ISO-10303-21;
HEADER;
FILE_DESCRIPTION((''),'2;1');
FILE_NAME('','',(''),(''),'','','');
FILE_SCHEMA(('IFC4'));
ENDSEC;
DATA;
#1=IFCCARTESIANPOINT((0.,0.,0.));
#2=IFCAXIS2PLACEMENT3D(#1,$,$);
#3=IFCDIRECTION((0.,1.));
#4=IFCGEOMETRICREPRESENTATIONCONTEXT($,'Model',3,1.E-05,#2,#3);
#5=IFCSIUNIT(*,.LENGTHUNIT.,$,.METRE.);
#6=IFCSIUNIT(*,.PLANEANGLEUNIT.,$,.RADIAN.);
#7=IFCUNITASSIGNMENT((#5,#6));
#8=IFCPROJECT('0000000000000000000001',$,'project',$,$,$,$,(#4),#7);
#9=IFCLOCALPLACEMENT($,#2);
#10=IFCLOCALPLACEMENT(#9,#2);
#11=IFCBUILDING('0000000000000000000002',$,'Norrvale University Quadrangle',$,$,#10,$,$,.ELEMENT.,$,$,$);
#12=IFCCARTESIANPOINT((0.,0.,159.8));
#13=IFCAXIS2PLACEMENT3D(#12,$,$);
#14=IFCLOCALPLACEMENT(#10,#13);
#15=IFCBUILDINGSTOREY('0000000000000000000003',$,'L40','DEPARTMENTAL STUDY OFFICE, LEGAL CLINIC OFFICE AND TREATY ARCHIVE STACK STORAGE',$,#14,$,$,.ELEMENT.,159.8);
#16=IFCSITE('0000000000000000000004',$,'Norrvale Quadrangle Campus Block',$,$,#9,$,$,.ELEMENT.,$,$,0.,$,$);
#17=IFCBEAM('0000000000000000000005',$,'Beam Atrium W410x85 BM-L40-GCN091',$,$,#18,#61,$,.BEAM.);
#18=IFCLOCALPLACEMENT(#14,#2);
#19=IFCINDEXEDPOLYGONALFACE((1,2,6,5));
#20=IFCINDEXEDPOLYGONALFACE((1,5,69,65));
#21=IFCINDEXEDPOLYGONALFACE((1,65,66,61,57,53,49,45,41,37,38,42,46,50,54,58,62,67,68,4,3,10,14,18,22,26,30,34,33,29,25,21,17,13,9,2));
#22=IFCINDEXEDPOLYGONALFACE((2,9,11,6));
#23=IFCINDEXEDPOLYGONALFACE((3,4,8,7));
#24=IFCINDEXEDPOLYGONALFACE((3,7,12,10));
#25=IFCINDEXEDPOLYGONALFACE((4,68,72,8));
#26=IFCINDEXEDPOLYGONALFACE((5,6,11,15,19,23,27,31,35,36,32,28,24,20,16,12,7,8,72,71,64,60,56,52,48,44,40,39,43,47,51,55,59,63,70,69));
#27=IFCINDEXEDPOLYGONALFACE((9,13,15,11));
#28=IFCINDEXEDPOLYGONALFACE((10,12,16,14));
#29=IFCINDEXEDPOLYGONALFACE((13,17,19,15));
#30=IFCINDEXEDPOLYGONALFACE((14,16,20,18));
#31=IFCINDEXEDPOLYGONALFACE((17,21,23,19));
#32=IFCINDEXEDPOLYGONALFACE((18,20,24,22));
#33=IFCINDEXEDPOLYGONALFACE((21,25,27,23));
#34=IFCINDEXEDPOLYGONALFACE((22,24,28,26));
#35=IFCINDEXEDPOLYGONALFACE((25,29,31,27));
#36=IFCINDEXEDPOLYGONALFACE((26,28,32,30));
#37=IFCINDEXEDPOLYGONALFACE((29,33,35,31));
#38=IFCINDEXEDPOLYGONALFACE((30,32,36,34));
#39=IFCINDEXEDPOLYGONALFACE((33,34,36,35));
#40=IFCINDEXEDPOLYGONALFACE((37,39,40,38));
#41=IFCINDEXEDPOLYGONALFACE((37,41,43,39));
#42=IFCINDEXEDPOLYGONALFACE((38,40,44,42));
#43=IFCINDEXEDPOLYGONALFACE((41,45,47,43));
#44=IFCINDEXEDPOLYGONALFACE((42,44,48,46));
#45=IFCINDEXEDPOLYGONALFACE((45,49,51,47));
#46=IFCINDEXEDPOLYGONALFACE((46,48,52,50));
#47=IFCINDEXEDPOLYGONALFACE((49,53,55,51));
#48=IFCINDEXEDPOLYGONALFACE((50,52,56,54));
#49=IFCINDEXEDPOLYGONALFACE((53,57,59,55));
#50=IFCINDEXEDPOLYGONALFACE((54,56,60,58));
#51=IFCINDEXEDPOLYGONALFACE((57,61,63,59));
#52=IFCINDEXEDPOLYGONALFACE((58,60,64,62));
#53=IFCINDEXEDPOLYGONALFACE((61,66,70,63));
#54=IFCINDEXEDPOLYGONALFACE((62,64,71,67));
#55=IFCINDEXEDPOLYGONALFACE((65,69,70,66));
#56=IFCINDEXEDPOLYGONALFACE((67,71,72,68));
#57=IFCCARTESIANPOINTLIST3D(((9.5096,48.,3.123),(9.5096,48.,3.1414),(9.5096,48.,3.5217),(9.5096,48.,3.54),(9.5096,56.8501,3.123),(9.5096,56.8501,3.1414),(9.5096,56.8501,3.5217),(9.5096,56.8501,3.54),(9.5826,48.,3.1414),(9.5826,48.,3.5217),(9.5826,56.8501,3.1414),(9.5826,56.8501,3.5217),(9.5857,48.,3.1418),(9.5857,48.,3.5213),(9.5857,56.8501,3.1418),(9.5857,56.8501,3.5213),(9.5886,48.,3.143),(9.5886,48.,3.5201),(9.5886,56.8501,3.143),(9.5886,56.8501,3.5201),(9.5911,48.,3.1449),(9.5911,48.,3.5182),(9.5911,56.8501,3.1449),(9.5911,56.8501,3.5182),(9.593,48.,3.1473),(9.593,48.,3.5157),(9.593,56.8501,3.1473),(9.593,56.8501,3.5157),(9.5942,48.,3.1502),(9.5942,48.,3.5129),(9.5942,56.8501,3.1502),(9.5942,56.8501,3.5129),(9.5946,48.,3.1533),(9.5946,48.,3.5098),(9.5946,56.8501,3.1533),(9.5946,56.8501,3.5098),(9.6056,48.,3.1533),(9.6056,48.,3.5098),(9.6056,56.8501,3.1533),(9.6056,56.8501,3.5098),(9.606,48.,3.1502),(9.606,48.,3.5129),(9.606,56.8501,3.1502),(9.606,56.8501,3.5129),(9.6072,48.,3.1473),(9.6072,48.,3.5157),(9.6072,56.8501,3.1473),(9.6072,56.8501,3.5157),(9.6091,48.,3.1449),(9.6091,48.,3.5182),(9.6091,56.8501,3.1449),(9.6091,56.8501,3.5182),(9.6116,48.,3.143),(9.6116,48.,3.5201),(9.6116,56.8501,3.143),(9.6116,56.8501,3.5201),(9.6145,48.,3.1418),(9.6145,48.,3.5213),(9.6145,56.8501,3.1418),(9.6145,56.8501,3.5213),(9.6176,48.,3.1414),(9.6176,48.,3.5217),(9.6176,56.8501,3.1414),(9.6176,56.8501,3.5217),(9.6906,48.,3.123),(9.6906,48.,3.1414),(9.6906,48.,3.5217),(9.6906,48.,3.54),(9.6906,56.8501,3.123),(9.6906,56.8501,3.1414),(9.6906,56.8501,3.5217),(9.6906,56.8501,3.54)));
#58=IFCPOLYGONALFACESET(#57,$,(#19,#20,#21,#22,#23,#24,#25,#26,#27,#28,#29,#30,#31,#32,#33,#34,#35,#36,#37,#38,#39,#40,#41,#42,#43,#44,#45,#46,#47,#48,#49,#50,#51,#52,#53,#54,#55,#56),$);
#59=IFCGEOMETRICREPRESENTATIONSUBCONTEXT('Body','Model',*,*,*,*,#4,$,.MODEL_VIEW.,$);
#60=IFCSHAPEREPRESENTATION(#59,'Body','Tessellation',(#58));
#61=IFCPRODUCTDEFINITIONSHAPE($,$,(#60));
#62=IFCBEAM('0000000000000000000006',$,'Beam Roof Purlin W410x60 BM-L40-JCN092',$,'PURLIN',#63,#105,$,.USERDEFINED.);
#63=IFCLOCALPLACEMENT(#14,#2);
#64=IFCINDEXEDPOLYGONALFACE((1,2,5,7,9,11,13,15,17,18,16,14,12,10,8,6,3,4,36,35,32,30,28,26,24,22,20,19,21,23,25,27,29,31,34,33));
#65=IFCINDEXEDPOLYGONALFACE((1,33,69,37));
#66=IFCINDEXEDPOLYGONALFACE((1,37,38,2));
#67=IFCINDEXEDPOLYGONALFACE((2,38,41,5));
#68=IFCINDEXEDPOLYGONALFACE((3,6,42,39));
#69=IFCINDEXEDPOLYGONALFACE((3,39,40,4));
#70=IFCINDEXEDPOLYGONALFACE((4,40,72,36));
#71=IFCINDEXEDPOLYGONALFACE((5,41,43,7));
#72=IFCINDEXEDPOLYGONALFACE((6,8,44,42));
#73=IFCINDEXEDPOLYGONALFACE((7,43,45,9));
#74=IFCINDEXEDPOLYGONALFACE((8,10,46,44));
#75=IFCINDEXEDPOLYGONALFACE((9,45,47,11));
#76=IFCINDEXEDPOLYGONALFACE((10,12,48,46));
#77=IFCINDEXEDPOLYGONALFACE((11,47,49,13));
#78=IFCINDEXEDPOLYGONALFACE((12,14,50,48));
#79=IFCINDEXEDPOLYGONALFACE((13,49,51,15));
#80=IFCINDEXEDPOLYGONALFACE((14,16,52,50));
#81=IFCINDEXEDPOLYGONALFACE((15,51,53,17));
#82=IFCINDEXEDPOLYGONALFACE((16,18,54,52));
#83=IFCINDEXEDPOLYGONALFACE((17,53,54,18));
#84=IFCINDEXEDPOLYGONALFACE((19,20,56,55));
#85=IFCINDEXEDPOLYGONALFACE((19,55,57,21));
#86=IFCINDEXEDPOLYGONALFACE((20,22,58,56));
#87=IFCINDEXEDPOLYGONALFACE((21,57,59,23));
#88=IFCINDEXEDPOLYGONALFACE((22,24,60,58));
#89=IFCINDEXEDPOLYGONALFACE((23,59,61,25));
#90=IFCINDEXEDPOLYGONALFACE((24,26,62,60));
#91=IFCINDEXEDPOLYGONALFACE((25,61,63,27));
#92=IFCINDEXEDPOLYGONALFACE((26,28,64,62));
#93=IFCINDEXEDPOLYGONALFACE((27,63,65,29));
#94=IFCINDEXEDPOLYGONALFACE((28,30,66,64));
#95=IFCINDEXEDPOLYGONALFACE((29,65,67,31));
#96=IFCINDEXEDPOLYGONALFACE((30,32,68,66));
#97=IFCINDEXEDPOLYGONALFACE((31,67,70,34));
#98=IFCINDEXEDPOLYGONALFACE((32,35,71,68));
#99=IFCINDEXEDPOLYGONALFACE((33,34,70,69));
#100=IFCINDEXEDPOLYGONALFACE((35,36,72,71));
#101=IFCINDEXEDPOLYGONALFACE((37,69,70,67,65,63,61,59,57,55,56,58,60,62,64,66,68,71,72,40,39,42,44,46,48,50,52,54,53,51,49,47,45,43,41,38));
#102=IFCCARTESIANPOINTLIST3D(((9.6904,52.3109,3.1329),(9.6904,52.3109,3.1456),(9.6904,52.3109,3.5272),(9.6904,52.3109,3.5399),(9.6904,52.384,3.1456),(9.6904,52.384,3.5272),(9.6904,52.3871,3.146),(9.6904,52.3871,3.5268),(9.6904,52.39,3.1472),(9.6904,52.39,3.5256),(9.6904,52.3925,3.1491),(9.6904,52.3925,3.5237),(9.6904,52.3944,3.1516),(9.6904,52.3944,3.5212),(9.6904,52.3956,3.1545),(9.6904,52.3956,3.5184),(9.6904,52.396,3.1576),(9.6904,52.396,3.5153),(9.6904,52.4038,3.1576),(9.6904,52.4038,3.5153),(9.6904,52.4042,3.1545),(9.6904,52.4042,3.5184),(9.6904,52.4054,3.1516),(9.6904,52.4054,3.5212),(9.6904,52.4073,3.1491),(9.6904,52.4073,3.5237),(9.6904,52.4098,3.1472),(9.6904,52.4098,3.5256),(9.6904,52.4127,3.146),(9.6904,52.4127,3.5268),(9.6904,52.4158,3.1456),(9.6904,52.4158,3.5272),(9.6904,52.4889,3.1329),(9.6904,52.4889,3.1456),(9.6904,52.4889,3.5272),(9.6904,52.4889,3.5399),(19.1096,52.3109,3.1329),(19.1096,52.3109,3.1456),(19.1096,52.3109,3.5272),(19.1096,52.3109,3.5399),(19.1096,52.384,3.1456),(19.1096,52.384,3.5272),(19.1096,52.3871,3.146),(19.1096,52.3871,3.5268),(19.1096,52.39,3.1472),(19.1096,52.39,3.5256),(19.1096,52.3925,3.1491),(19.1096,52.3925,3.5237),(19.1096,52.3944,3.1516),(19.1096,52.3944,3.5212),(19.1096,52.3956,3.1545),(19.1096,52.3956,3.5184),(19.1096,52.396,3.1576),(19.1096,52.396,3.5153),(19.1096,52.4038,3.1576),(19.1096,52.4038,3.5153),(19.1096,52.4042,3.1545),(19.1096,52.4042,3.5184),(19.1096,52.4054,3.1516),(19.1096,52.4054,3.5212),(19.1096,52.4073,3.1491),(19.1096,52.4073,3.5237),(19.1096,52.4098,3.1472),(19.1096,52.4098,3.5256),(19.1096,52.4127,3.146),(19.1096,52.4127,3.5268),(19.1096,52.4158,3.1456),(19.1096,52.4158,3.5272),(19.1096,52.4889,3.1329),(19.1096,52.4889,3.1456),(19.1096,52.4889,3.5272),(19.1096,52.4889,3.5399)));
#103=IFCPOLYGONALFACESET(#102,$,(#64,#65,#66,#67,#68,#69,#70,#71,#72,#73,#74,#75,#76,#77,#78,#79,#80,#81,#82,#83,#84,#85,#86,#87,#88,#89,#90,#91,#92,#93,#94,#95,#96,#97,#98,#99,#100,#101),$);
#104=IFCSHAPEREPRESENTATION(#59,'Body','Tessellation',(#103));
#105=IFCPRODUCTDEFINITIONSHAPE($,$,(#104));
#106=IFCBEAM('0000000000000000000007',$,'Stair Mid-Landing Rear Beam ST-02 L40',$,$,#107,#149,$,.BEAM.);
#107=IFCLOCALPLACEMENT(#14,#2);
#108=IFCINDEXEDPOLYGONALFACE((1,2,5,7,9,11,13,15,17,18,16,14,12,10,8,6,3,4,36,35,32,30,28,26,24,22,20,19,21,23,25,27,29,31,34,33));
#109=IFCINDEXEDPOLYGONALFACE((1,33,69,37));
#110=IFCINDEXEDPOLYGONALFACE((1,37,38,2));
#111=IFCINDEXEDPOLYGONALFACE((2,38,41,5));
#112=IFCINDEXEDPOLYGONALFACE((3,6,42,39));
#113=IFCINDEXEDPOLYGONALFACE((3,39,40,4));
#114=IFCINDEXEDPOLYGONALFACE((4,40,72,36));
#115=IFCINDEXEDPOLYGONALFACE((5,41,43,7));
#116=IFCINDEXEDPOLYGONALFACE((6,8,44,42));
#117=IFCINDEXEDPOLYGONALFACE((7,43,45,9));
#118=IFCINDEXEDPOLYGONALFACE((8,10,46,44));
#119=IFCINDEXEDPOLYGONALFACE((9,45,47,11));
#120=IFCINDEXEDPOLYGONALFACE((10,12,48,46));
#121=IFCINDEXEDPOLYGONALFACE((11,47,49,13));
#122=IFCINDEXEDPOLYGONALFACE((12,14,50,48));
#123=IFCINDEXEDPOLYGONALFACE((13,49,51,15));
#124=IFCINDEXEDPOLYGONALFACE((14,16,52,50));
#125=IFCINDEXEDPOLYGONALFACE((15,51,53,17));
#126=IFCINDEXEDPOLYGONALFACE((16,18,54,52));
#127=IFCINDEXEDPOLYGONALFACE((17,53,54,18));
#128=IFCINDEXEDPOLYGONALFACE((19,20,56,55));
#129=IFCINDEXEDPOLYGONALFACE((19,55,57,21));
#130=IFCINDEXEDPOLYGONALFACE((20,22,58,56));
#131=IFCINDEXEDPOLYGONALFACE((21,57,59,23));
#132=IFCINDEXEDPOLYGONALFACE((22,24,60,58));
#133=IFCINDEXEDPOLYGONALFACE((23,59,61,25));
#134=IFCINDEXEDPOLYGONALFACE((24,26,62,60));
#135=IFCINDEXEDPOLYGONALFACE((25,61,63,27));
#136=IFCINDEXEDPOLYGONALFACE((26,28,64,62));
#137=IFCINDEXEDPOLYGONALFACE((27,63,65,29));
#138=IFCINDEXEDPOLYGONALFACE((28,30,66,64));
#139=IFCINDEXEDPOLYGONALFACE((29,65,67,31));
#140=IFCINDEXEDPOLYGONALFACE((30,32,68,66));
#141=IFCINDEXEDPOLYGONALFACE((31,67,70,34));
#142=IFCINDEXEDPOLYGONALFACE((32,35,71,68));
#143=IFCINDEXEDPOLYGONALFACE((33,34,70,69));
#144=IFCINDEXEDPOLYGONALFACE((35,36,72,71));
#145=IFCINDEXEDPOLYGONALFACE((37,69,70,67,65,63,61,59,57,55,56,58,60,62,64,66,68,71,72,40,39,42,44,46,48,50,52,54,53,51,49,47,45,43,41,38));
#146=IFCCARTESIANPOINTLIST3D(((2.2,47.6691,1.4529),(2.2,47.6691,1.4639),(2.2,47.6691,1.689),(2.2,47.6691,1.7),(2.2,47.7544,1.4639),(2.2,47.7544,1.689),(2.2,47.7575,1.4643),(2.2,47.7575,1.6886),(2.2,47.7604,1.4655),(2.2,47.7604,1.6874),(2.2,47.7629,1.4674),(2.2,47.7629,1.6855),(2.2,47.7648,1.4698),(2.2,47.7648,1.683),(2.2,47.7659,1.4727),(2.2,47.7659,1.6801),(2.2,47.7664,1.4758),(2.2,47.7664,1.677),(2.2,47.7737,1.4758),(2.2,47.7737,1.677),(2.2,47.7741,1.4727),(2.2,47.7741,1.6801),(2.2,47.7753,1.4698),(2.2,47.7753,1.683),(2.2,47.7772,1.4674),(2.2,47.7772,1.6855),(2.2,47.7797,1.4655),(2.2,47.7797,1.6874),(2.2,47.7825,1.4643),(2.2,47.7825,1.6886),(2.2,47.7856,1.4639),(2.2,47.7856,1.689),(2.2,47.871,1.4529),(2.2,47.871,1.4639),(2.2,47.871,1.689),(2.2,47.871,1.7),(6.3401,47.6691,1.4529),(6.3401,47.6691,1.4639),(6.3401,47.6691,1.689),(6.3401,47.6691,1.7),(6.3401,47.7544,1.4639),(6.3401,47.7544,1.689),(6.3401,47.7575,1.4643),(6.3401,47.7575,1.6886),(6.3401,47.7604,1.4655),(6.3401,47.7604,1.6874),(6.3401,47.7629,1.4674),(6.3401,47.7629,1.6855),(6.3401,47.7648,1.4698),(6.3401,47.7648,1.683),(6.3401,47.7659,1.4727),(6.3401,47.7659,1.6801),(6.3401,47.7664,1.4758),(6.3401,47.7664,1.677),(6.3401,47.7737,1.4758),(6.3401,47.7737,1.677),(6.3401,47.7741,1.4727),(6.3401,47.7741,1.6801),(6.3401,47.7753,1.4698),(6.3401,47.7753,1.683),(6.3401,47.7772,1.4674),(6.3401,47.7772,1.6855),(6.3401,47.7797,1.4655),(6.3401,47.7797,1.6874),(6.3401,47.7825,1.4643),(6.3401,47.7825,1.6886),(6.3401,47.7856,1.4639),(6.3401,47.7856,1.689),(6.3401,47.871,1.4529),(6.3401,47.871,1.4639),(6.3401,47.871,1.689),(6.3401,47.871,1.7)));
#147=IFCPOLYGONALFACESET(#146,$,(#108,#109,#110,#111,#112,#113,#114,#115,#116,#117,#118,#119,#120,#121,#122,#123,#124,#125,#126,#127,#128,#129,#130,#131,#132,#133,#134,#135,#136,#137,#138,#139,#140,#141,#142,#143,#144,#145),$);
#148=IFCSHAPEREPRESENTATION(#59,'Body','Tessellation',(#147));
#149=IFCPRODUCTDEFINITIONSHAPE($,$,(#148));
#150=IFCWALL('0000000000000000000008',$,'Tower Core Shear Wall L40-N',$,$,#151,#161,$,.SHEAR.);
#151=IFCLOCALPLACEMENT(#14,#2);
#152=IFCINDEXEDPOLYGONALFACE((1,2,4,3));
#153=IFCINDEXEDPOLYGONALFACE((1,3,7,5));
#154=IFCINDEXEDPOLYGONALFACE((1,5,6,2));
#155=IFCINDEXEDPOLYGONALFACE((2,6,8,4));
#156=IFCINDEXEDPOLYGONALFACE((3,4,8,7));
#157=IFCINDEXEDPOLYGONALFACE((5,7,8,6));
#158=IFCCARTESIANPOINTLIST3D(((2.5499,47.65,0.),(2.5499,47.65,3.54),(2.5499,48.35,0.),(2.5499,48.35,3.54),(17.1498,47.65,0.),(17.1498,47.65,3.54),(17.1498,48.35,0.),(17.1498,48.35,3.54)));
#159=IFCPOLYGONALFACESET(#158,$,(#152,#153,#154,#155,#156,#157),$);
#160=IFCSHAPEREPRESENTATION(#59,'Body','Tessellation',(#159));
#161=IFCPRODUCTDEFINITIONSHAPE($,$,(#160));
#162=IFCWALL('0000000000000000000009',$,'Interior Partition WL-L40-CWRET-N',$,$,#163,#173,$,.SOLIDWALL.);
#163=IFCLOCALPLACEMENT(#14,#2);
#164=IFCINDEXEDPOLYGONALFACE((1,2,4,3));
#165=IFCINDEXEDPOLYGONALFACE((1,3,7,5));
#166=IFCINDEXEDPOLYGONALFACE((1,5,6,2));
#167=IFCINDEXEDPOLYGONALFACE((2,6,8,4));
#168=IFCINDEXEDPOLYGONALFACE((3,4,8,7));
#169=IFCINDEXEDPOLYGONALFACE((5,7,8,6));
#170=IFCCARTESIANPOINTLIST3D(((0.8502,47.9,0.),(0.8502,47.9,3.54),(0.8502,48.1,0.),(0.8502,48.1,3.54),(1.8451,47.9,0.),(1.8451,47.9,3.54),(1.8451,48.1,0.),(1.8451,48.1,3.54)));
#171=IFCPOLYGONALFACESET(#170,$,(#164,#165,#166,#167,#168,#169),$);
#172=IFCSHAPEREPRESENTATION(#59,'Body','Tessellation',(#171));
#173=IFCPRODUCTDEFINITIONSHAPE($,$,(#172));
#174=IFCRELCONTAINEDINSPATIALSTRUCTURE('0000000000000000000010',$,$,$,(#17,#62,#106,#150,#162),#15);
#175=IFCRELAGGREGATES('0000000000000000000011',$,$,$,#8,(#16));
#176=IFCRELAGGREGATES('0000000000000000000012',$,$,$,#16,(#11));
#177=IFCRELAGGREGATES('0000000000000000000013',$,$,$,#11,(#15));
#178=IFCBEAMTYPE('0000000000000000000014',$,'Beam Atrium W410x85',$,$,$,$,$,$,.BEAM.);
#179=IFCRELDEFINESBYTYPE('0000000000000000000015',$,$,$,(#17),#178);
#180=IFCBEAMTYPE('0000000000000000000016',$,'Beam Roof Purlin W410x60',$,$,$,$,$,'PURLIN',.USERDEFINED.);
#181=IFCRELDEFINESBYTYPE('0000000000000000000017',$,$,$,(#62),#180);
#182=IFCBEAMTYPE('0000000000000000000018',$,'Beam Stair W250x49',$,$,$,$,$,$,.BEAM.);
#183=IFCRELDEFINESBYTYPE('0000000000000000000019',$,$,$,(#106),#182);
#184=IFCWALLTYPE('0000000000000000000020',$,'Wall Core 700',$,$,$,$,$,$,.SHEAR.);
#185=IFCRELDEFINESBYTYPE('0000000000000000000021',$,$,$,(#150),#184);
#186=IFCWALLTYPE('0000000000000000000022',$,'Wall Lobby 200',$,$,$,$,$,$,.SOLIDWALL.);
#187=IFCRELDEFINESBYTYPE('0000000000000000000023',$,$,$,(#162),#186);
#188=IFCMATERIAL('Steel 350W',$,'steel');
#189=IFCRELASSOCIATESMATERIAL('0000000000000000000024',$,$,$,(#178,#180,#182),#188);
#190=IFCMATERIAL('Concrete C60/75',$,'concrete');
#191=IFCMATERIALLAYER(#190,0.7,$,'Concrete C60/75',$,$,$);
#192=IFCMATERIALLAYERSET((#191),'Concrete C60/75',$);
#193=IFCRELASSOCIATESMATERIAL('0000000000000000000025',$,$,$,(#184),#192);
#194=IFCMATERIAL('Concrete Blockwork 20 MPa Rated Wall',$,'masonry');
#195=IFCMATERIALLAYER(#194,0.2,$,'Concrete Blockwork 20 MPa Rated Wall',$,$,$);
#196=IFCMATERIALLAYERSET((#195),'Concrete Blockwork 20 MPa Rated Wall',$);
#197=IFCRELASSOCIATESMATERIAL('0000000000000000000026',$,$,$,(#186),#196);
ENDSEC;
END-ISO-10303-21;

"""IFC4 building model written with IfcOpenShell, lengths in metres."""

from ifc_helpers import new_model, si_unit, direction, frame, frame_2d, origin, origin_2d, place, context, subcontext, project, spatial, rectangle, i_section, extrude, material, layer, layer_set, material_profile, profile_set, type_object, element, save


model = new_model("IFC4")

# Units and contexts
model_context = context("Model", 3, precision=1e-05, world=origin(), true_north=direction((0.0, 1.0)))
body_context = subcontext(model_context, "Body", "Model", "MODEL_VIEW")
ifc_project = project(units=[si_unit("LENGTHUNIT", "METRE"), si_unit("PLANEANGLEUNIT", "RADIAN")], contexts=[model_context])

# Site, building, storey
site_placement = place(None, origin())
site = spatial("IfcSite", under=ifc_project, at=site_placement, Name="Norrvale Quadrangle Campus Block", CompositionType="ELEMENT", RefElevation=0.0)
building_placement = place(site_placement, origin())
building = spatial("IfcBuilding", under=site, at=building_placement, Name="Norrvale University Quadrangle", CompositionType="ELEMENT")
storey_placement = place(building_placement, frame((0.0, 0.0, 159.8)))
storey = spatial("IfcBuildingStorey", under=building, at=storey_placement, Name="L40", Description="DEPARTMENTAL STUDY OFFICE, LEGAL CLINIC OFFICE AND TREATY ARCHIVE STACK STORAGE", CompositionType="ELEMENT", Elevation=159.8)

# Shared definitions
ifc_material_1 = material(Name="Concrete C60/75", Category="concrete")

# Beams
ifc_material_2 = material(Name="Steel 350W", Category="steel")
ifc_material_profile_1 = material_profile(ifc_material_2, i_section(OverallWidth=0.1809, OverallDepth=0.417, WebThickness=0.011, FlangeThickness=0.0183, FilletRadius=0.012, at=origin_2d()), Name="Steel 350W")
ifc_profile_set_1 = profile_set([ifc_material_profile_1], Name="Steel 350W")
beam_type_1 = type_object("IfcBeamType", Name="Beam Atrium W410x85", PredefinedType="BEAM", material=ifc_profile_set_1)
beam_1_placement = place(storey_placement, frame((9.6001, 48.0, 3.3315), z_axis=(0.0, 1.0, 0.0), x_axis=(-1.0, 0.0, 0.0)))
element("IfcBeam", 1, at=beam_1_placement, inside=storey, type_object=beam_type_1, Name="Beam Atrium W410x85 BM-L40-GCN091", PredefinedType="BEAM", context=body_context, shape_type="SweptSolid", body=[
    extrude(i_section(OverallWidth=0.1809, OverallDepth=0.417, WebThickness=0.011, FlangeThickness=0.0183, FilletRadius=0.012, at=origin_2d()), origin(), (0.0, 0.0, 1.0), 8.8501),
])
ifc_material_profile_2 = material_profile(ifc_material_2, i_section(OverallWidth=0.178, OverallDepth=0.407, WebThickness=0.0078, FlangeThickness=0.0127, FilletRadius=0.012, at=origin_2d()), Name="Steel 350W")
ifc_profile_set_2 = profile_set([ifc_material_profile_2], Name="Steel 350W")
beam_type_2 = type_object("IfcBeamType", Name="Beam Roof Purlin W410x60", ElementType="PURLIN", PredefinedType="USERDEFINED", material=ifc_profile_set_2)
beam_2_placement = place(storey_placement, frame((9.6904, 52.3999, 3.3364), z_axis=(1.0, 0.0, 0.0), x_axis=(0.0, 1.0, 0.0)))
element("IfcBeam", 2, at=beam_2_placement, inside=storey, type_object=beam_type_2, Name="Beam Roof Purlin W410x60 BM-L40-JCN092", ObjectType="PURLIN", PredefinedType="USERDEFINED", context=body_context, shape_type="SweptSolid", body=[
    extrude(i_section(OverallWidth=0.178, OverallDepth=0.407, WebThickness=0.0078, FlangeThickness=0.0127, FilletRadius=0.012, at=origin_2d()), origin(), (0.0, 0.0, 1.0), 9.4192),
])
ifc_material_profile_3 = material_profile(ifc_material_2, i_section(OverallWidth=0.2019, OverallDepth=0.2471, WebThickness=0.0073, FlangeThickness=0.011, FilletRadius=0.012, at=origin_2d()), Name="Steel 350W")
ifc_profile_set_3 = profile_set([ifc_material_profile_3], Name="Steel 350W")
beam_type_3 = type_object("IfcBeamType", Name="Beam Stair W250x49", PredefinedType="BEAM", material=ifc_profile_set_3)
beam_3_placement = place(storey_placement, frame((2.2, 47.77, 1.5764), z_axis=(1.0, 0.0, 0.0), x_axis=(0.0, 1.0, 0.0)))
element("IfcBeam", 3, at=beam_3_placement, inside=storey, type_object=beam_type_3, Name="Stair Mid-Landing Rear Beam ST-02 L40", PredefinedType="BEAM", context=body_context, shape_type="SweptSolid", body=[
    extrude(i_section(OverallWidth=0.2019, OverallDepth=0.2471, WebThickness=0.0073, FlangeThickness=0.011, FilletRadius=0.012, at=origin_2d()), origin(), (0.0, 0.0, 1.0), 4.1401),
])

# Walls
ifc_layer_1 = layer(ifc_material_1, 0.7, Name="Concrete C60/75")
ifc_layer_set_1 = layer_set([ifc_layer_1], Name="Concrete C60/75")
wall_type_1 = type_object("IfcWallType", Name="Wall Core 700", PredefinedType="SHEAR", material=ifc_layer_set_1)
wall_1_placement = place(storey_placement, frame((2.55, 48.0, 0.0), z_axis=(0.0, 0.0, 1.0), x_axis=(1.0, 0.0, 0.0)))
element("IfcWall", 4, at=wall_1_placement, inside=storey, type_object=wall_type_1, Name="Tower Core Shear Wall L40-N", PredefinedType="SHEAR", context=body_context, shape_type="SweptSolid", body=[
    extrude(rectangle(XDim=14.5999, YDim=0.7, at=frame_2d((7.2998, 0.0))), origin(), (0.0, 0.0, 1.0), 3.54),
])
ifc_material_3 = material(Name="Concrete Blockwork 20 MPa Rated Wall", Category="masonry")
ifc_layer_2 = layer(ifc_material_3, 0.2, Name="Concrete Blockwork 20 MPa Rated Wall")
ifc_layer_set_2 = layer_set([ifc_layer_2], Name="Concrete Blockwork 20 MPa Rated Wall")
wall_type_2 = type_object("IfcWallType", Name="Wall Lobby 200", PredefinedType="SOLIDWALL", material=ifc_layer_set_2)
wall_2_placement = place(storey_placement, frame((0.8501, 48.0, 0.0), z_axis=(0.0, 0.0, 1.0), x_axis=(1.0, 0.0, 0.0)))
element("IfcWall", 5, at=wall_2_placement, inside=storey, type_object=wall_type_2, Name="Interior Partition WL-L40-CWRET-N", PredefinedType="SOLIDWALL", context=body_context, shape_type="SweptSolid", body=[
    extrude(rectangle(XDim=0.9949, YDim=0.2, at=frame_2d((0.4976, 0.0))), origin(), (0.0, 0.0, 1.0), 3.54),
])

save(model, "model.ifc")
